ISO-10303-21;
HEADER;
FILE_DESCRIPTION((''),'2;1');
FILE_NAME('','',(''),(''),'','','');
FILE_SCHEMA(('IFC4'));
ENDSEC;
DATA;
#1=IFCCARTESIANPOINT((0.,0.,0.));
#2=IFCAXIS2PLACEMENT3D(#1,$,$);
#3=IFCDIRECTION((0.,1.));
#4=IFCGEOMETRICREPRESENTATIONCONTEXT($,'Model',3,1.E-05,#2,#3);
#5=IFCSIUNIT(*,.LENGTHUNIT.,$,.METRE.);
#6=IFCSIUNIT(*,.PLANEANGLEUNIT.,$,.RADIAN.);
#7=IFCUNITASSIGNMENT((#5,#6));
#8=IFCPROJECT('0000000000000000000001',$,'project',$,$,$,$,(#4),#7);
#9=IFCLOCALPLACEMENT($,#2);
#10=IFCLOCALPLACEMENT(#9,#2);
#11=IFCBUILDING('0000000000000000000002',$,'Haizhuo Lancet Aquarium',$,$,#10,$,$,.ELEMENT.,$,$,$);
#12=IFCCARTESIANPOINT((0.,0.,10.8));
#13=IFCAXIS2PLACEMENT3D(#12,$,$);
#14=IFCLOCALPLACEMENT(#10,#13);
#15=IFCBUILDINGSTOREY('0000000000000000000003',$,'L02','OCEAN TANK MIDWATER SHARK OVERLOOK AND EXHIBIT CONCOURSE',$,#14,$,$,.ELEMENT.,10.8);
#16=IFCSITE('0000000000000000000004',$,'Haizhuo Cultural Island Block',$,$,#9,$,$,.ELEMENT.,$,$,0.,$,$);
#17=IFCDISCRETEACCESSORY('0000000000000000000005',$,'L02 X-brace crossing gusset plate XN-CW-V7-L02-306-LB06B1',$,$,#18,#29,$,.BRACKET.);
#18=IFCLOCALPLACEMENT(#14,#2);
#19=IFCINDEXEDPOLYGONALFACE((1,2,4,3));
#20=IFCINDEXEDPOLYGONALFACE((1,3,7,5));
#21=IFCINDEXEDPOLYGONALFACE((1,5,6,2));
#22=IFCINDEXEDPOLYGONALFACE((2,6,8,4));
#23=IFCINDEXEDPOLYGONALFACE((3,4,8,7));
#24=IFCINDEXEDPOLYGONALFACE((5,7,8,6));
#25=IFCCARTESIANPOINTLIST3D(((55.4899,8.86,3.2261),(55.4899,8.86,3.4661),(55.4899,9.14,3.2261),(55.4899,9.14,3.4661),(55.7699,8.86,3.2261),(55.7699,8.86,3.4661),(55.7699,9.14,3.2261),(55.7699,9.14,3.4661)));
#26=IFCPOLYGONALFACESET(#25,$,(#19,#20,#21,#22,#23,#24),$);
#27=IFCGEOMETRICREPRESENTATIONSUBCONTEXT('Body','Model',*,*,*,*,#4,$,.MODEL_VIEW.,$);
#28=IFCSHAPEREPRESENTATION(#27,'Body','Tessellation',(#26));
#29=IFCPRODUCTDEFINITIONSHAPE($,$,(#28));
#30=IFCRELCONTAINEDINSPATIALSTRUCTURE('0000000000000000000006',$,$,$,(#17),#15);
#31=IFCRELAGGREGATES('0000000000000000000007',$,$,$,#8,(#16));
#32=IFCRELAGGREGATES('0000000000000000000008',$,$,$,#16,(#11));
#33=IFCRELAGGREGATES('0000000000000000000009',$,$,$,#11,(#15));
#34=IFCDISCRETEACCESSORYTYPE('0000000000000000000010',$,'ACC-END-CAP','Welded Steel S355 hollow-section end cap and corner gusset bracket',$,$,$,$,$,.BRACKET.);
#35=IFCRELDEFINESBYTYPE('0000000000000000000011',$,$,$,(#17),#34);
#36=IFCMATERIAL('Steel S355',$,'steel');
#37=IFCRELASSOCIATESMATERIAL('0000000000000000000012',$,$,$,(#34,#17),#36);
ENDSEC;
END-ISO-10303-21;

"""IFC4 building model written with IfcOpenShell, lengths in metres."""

from ifc_helpers import new_model, si_unit, direction, frame, origin, origin_2d, place, context, subcontext, project, spatial, rectangle, extrude, material, type_object, element, save


model = new_model("IFC4")

# Units and contexts
model_context = context("Model", 3, precision=1e-05, world=origin(), true_north=direction((0.0, 1.0)))
body_context = subcontext(model_context, "Body", "Model", "MODEL_VIEW")
ifc_project = project(units=[si_unit("LENGTHUNIT", "METRE"), si_unit("PLANEANGLEUNIT", "RADIAN")], contexts=[model_context])

# Site, building, storey
site_placement = place(None, origin())
site = spatial("IfcSite", under=ifc_project, at=site_placement, Name="Haizhuo Cultural Island Block", CompositionType="ELEMENT", RefElevation=0.0)
building_placement = place(site_placement, origin())
building = spatial("IfcBuilding", under=site, at=building_placement, Name="Haizhuo Lancet Aquarium", CompositionType="ELEMENT")
storey_placement = place(building_placement, frame((0.0, 0.0, 10.8)))
storey = spatial("IfcBuildingStorey", under=building, at=storey_placement, Name="L02", Description="OCEAN TANK MIDWATER SHARK OVERLOOK AND EXHIBIT CONCOURSE", CompositionType="ELEMENT", Elevation=10.8)

# Shared definitions
ifc_material_1 = material(Name="Steel S355", Category="steel")

# Discrete accessory
discrete_accessory_type = type_object("IfcDiscreteAccessoryType", Name="ACC-END-CAP", Description="Welded Steel S355 hollow-section end cap and corner gusset bracket", PredefinedType="BRACKET", material=ifc_material_1)
for number, where, z_axis, x_axis, name in (
    (1, (55.6299, 9.0, 3.2261), (0.0, 0.0, 1.0), (1.0, 0.0, 0.0), "L02 X-brace crossing gusset plate XN-CW-V7-L02-306-LB06B1"),
):
    element("IfcDiscreteAccessory", number, at=place(storey_placement, frame(where, z_axis=z_axis, x_axis=x_axis)), inside=storey, type_object=discrete_accessory_type, material=ifc_material_1, Name=name, PredefinedType="BRACKET", context=body_context, shape_type="SweptSolid", body=[
        extrude(rectangle(XDim=0.28, YDim=0.28, at=origin_2d()), origin(), (0.0, 0.0, 1.0), 0.24),
    ])

save(model, "model.ifc")
